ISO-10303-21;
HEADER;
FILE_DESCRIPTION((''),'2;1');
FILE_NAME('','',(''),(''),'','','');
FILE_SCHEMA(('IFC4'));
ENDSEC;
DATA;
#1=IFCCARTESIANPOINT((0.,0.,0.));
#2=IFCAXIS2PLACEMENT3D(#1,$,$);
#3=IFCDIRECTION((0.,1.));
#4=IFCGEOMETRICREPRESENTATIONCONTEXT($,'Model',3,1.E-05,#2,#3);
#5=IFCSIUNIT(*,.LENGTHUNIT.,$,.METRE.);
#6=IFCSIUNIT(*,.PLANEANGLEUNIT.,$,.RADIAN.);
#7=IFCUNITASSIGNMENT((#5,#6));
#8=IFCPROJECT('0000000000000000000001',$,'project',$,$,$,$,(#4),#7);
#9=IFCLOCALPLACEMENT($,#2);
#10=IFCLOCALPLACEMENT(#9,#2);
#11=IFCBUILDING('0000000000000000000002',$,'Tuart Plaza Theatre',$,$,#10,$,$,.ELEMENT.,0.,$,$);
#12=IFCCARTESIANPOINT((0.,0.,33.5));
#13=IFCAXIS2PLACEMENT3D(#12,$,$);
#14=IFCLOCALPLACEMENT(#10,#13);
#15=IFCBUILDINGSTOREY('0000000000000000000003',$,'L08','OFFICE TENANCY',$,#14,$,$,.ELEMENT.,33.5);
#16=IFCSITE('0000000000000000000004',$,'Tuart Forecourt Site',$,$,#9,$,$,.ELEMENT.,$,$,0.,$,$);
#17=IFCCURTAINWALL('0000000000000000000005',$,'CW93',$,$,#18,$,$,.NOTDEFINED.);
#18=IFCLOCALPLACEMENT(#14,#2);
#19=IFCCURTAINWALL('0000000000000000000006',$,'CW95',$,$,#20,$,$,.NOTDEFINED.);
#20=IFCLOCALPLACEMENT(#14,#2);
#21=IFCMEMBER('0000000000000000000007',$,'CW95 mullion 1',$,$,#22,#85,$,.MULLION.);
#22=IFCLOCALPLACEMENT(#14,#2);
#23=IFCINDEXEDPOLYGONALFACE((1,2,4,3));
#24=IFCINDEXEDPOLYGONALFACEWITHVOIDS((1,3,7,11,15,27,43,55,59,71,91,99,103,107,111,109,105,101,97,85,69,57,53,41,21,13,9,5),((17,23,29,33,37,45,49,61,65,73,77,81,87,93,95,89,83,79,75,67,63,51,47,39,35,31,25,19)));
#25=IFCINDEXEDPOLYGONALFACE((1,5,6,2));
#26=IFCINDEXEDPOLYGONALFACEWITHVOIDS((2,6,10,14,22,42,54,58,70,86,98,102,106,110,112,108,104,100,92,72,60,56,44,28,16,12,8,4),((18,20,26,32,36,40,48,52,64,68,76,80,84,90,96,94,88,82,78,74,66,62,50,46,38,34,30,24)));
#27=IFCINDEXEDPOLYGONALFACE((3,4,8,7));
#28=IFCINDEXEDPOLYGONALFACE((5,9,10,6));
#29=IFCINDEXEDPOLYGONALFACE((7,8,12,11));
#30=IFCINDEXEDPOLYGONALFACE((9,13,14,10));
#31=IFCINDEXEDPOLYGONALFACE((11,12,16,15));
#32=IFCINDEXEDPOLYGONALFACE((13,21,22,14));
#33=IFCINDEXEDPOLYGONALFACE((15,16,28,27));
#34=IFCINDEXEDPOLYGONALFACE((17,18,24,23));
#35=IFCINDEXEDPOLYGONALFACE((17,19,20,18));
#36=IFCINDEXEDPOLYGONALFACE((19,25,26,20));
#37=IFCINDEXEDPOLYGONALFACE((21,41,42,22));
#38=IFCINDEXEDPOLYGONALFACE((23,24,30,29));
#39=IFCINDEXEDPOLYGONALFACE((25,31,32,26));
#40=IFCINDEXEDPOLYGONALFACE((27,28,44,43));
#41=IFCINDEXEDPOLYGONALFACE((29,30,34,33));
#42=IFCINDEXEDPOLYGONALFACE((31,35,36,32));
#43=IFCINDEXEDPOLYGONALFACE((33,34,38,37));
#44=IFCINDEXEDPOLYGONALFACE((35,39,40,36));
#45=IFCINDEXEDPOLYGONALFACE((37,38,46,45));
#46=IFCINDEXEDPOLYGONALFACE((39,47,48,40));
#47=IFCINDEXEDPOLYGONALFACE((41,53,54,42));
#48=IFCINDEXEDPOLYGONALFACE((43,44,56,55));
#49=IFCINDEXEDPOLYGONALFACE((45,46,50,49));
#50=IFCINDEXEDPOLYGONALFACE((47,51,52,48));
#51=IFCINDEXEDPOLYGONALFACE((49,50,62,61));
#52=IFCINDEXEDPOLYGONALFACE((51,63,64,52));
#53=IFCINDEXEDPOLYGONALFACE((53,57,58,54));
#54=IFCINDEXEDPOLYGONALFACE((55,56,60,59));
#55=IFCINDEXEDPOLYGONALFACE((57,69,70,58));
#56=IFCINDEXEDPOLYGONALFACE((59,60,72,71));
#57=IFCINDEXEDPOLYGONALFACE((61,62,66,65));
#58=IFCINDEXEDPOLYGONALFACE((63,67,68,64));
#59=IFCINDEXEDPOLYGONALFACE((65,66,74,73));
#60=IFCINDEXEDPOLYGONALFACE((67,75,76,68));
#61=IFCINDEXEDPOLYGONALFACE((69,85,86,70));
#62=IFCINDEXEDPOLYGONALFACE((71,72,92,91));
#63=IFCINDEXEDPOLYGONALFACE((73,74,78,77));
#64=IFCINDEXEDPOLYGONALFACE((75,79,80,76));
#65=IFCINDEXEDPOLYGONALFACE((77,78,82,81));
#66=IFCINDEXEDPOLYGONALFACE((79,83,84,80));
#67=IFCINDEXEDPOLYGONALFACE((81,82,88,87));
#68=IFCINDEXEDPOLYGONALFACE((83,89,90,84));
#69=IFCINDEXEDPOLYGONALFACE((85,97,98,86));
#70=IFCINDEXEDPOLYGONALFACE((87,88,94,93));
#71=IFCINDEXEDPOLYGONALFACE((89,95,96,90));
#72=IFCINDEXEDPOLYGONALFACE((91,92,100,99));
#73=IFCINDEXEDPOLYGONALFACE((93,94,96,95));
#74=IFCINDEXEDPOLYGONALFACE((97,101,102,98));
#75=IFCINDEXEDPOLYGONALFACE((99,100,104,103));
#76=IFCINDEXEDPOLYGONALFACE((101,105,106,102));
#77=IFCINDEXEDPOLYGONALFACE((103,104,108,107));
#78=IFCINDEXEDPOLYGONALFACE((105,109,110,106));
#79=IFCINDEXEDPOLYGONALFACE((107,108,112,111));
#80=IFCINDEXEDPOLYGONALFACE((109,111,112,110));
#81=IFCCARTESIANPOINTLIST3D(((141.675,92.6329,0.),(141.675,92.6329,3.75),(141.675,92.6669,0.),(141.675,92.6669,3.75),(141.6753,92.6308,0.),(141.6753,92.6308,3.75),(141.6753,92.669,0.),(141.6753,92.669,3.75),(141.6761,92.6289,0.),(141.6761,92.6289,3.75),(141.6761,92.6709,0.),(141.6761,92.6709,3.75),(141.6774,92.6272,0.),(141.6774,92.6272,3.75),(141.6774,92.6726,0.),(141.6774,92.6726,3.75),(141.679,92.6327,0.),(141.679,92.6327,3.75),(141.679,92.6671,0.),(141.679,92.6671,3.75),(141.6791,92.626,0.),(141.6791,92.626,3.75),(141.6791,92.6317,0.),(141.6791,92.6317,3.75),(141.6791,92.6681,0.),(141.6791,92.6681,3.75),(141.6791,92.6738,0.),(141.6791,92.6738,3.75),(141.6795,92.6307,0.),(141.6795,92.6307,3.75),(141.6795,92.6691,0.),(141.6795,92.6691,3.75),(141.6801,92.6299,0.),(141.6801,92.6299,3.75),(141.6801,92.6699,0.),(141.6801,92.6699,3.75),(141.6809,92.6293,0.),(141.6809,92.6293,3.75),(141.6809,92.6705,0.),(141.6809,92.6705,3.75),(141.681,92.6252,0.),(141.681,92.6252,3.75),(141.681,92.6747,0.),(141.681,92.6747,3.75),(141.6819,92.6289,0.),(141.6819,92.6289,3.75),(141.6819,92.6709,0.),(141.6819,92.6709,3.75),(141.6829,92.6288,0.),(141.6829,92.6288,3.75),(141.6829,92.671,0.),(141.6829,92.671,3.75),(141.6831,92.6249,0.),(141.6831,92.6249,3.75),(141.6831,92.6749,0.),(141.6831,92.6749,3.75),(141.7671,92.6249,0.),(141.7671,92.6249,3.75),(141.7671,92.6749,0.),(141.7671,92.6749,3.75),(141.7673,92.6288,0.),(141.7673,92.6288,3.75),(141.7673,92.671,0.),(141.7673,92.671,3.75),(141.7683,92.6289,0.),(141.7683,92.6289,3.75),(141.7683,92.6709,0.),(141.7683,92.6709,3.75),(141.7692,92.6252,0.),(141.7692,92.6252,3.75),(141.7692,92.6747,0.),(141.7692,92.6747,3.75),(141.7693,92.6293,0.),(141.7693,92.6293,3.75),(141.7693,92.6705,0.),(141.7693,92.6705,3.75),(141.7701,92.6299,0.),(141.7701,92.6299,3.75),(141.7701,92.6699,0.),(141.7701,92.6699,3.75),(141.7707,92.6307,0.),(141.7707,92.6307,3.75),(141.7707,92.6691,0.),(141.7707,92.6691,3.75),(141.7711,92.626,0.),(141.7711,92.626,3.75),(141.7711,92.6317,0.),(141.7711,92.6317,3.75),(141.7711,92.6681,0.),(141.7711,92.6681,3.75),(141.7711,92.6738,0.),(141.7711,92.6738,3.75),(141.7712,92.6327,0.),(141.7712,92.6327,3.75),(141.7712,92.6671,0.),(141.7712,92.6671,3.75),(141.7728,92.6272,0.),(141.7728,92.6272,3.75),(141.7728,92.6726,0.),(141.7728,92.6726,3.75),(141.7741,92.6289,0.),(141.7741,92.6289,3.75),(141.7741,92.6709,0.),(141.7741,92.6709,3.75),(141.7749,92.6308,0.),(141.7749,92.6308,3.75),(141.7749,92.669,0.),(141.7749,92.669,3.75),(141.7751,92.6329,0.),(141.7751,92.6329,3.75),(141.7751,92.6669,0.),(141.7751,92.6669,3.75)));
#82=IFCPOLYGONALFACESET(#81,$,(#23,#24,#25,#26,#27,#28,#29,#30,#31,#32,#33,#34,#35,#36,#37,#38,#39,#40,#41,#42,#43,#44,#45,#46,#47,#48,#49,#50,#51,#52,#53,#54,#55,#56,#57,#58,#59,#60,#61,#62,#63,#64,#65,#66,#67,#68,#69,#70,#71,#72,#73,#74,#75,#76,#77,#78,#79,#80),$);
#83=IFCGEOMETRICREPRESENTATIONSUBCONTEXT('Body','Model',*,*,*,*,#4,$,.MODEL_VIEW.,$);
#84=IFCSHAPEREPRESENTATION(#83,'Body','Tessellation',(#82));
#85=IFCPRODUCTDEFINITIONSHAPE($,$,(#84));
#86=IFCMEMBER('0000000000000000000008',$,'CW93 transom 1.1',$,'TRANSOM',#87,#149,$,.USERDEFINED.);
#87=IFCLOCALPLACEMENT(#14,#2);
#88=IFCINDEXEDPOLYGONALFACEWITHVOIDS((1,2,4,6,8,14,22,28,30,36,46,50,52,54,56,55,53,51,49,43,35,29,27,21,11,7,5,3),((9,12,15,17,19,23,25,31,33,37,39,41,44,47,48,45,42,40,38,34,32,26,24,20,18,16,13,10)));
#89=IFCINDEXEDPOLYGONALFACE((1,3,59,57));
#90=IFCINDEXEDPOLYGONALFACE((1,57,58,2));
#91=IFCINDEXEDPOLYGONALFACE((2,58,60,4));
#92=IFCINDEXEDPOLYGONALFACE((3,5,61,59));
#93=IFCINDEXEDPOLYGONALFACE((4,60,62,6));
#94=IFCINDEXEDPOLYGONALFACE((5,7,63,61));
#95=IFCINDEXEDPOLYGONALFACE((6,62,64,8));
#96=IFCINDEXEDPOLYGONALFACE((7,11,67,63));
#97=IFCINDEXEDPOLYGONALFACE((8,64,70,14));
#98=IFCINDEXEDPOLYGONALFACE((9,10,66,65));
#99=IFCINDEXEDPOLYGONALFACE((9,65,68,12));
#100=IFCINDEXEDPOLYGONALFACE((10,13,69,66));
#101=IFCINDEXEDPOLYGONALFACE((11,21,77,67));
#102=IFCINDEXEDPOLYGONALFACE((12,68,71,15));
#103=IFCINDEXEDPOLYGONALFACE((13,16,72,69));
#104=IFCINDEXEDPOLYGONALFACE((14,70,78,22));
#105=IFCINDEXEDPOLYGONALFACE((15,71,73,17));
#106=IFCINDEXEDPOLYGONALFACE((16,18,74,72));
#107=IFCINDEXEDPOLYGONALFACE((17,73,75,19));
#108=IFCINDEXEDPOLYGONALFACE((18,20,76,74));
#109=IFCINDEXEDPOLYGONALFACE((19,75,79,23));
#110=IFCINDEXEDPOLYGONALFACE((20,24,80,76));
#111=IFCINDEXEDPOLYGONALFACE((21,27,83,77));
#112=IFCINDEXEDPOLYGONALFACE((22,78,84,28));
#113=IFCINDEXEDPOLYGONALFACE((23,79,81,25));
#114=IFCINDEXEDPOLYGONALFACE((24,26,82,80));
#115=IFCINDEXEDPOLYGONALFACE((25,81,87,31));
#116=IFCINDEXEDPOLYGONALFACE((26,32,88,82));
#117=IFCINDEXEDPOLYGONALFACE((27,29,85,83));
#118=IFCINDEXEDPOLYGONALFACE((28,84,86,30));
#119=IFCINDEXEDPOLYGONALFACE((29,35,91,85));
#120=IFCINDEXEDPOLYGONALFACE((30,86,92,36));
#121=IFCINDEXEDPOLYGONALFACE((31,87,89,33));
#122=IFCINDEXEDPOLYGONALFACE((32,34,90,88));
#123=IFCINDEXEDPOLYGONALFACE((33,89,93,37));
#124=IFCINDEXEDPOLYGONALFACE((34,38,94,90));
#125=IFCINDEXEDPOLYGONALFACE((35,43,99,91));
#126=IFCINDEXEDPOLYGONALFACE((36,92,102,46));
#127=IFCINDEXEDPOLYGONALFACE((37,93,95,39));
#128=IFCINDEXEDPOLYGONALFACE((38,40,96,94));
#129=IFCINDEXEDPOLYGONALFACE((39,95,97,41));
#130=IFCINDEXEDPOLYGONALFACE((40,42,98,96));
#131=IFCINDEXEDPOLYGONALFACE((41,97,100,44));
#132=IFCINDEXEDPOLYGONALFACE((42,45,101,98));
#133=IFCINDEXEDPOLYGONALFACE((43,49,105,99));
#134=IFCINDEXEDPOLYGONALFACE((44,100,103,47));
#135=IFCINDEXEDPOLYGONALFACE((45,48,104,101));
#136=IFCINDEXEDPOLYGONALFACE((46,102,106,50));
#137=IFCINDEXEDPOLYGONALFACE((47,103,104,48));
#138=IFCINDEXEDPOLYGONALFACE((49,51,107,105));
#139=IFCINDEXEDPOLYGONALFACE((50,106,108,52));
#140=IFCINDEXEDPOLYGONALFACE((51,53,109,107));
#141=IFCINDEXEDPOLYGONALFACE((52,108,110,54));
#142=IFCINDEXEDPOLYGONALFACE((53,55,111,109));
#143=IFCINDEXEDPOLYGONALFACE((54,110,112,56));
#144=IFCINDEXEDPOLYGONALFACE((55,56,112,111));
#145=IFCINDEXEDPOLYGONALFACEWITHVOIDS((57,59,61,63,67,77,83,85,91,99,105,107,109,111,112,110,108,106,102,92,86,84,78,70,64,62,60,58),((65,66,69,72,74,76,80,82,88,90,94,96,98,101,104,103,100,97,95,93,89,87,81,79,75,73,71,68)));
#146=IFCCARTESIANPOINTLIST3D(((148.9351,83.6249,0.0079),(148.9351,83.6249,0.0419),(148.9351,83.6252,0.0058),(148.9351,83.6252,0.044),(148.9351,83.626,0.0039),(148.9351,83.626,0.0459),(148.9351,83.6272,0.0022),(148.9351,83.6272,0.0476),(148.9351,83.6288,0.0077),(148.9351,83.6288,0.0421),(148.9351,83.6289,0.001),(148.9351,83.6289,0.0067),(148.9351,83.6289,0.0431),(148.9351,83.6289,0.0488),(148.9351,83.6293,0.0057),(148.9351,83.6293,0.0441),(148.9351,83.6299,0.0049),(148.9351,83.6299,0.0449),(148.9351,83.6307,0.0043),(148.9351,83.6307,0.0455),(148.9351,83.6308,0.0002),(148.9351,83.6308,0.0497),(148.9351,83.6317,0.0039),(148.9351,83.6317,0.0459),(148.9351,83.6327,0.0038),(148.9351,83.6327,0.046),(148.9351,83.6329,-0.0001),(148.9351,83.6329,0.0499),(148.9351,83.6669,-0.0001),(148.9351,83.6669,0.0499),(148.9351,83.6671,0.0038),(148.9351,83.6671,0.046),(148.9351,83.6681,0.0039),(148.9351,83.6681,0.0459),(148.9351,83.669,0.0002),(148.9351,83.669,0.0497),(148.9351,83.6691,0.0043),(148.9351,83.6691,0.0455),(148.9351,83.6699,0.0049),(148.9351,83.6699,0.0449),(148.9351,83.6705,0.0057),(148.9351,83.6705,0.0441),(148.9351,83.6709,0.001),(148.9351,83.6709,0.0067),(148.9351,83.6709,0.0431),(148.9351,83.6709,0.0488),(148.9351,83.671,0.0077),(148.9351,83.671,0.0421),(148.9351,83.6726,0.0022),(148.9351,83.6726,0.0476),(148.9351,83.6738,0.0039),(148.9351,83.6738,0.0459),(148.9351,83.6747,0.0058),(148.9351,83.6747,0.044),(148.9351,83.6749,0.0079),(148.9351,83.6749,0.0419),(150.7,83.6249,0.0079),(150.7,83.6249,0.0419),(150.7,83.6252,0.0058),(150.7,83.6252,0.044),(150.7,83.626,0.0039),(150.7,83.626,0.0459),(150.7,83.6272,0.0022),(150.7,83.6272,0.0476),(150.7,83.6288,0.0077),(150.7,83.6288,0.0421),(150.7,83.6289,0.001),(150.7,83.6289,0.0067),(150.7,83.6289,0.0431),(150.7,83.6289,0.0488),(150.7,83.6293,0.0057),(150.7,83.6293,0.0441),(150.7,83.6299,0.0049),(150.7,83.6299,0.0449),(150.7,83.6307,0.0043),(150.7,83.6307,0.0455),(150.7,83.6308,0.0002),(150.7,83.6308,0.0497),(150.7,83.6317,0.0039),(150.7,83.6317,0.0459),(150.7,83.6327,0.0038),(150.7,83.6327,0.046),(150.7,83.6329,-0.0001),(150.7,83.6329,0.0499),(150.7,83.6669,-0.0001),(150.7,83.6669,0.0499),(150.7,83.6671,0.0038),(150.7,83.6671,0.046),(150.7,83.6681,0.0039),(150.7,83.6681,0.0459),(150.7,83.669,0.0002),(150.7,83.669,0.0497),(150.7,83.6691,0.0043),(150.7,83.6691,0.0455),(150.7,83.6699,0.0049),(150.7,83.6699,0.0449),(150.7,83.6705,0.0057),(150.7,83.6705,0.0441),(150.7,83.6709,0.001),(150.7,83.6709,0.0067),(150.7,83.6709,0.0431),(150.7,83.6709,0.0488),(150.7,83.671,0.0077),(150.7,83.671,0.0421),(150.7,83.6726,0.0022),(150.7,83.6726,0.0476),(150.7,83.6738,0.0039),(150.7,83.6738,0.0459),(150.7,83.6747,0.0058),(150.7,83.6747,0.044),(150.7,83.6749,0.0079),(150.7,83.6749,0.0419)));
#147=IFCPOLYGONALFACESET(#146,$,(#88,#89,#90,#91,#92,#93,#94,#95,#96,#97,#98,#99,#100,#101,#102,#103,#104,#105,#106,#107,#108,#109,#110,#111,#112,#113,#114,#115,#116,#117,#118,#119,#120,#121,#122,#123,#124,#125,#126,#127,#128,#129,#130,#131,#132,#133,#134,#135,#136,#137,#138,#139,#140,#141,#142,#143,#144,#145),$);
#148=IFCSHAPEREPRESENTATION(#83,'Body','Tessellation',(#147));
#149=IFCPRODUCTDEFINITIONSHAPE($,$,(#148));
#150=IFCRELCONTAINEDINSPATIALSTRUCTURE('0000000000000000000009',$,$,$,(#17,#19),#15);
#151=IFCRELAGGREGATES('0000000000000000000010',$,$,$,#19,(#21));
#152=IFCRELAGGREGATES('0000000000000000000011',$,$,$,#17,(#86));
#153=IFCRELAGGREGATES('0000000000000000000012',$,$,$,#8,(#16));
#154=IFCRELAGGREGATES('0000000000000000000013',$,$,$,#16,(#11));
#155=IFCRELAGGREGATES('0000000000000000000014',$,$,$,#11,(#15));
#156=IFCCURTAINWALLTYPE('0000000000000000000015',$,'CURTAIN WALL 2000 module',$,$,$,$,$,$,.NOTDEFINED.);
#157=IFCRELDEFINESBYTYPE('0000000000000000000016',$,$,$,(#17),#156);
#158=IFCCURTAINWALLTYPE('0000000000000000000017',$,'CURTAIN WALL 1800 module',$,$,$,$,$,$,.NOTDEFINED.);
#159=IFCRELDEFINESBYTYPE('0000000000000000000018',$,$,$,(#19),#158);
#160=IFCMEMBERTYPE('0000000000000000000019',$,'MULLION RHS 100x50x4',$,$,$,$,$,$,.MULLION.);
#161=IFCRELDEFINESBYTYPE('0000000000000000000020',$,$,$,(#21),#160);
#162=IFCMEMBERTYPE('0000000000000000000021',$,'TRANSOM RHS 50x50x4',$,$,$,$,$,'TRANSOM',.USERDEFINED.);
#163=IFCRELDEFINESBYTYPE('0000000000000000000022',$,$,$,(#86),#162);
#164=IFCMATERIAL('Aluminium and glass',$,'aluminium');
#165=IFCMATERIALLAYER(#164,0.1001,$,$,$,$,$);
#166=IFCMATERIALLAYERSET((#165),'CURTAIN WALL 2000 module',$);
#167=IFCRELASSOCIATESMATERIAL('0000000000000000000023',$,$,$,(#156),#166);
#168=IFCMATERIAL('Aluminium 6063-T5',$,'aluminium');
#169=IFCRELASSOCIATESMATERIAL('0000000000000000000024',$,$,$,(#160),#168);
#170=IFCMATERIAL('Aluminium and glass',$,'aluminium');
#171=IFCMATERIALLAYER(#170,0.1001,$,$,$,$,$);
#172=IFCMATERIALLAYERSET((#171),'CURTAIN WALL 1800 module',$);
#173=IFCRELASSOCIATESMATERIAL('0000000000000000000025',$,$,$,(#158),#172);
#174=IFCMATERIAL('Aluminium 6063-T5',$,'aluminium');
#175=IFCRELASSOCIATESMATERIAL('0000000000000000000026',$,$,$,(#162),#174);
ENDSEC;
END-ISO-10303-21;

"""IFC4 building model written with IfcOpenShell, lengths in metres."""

from ifc_helpers import new_model, si_unit, direction, frame, origin, origin_2d, place, context, subcontext, project, spatial, hollow_rectangle, extrude, material, layer, layer_set, material_profile, profile_set, type_object, element, aggregate, save


model = new_model("IFC4")

# Units and contexts
model_context = context("Model", 3, precision=1e-05, world=origin(), true_north=direction((0.0, 1.0)))
body_context = subcontext(model_context, "Body", "Model", "MODEL_VIEW")
ifc_project = project(units=[si_unit("LENGTHUNIT", "METRE"), si_unit("PLANEANGLEUNIT", "RADIAN")], contexts=[model_context])

# Site, building, storey
site_placement = place(None, origin())
site = spatial("IfcSite", under=ifc_project, at=site_placement, Name="Tuart Forecourt Site", CompositionType="ELEMENT", RefElevation=0.0)
building_placement = place(site_placement, origin())
building = spatial("IfcBuilding", under=site, at=building_placement, Name="Tuart Plaza Theatre", CompositionType="ELEMENT", ElevationOfRefHeight=0.0)
storey_placement = place(building_placement, frame((0.0, 0.0, 33.5)))
storey = spatial("IfcBuildingStorey", under=building, at=storey_placement, Name="L08", Description="OFFICE TENANCY", CompositionType="ELEMENT", Elevation=33.5)

# Curtain wall
ifc_material_1 = material(Name="Aluminium and glass", Category="aluminium")
ifc_layer_1 = layer(ifc_material_1, 0.1001)
ifc_layer_set_1 = layer_set([ifc_layer_1], Name="CURTAIN WALL 2000 module")
curtain_wall_type_1 = type_object("IfcCurtainWallType", Name="CURTAIN WALL 2000 module", PredefinedType="NOTDEFINED", material=ifc_layer_set_1)
curtain_wall_1_placement = place(storey_placement, origin())
curtain_wall_1 = element("IfcCurtainWall", 1, at=curtain_wall_1_placement, inside=storey, type_object=curtain_wall_type_1, Name="CW93", PredefinedType="NOTDEFINED")
ifc_material_2 = material(Name="Aluminium 6063-T5", Category="aluminium")
ifc_material_profile_1 = material_profile(ifc_material_2, hollow_rectangle(XDim=0.05, YDim=0.1001, WallThickness=0.0039, InnerFilletRadius=0.0039, OuterFilletRadius=0.0081, at=origin_2d()), Name="RHS 100x50x4")
ifc_profile_set_1 = profile_set([ifc_material_profile_1], Name="Aluminium 6063-T5")
member_type_1 = type_object("IfcMemberType", Name="MULLION RHS 100x50x4", PredefinedType="MULLION", material=ifc_profile_set_1)

# Curtain wall, member
ifc_material_3 = material(Name="Aluminium and glass", Category="aluminium")
ifc_layer_2 = layer(ifc_material_3, 0.1001)
ifc_layer_set_2 = layer_set([ifc_layer_2], Name="CURTAIN WALL 1800 module")
curtain_wall_type_2 = type_object("IfcCurtainWallType", Name="CURTAIN WALL 1800 module", PredefinedType="NOTDEFINED", material=ifc_layer_set_2)
curtain_wall_2_placement = place(storey_placement, origin())
curtain_wall_2 = element("IfcCurtainWall", 2, at=curtain_wall_2_placement, inside=storey, type_object=curtain_wall_type_2, Name="CW95", PredefinedType="NOTDEFINED")
member_1_placement = place(storey_placement, frame((141.7251, 92.6499, 0.0), z_axis=(0.0, 0.0, 1.0), x_axis=(0.0, -1.0, 0.0)))
member_1 = element("IfcMember", 3, at=member_1_placement, type_object=member_type_1, Name="CW95 mullion 1", PredefinedType="MULLION", context=body_context, shape_type="SweptSolid", body=[
    extrude(hollow_rectangle(XDim=0.05, YDim=0.1001, WallThickness=0.0039, InnerFilletRadius=0.0039, OuterFilletRadius=0.0081, at=origin_2d()), origin(), (0.0, 0.0, 1.0), 3.75),
])

# Member
ifc_material_4 = material(Name="Aluminium 6063-T5", Category="aluminium")
ifc_material_profile_2 = material_profile(ifc_material_4, hollow_rectangle(XDim=0.05, YDim=0.05, WallThickness=0.0039, InnerFilletRadius=0.0039, OuterFilletRadius=0.0081, at=origin_2d()), Name="RHS 50x50x4")
ifc_profile_set_2 = profile_set([ifc_material_profile_2], Name="Aluminium 6063-T5")
member_type_2 = type_object("IfcMemberType", Name="TRANSOM RHS 50x50x4", ElementType="TRANSOM", PredefinedType="USERDEFINED", material=ifc_profile_set_2)
member_2_placement = place(storey_placement, frame((150.7, 83.6499, 0.0249), z_axis=(-1.0, 0.0, 0.0), x_axis=(0.0, -1.0, 0.0)))
member_2 = element("IfcMember", 4, at=member_2_placement, type_object=member_type_2, Name="CW93 transom 1.1", ObjectType="TRANSOM", PredefinedType="USERDEFINED", context=body_context, shape_type="SweptSolid", body=[
    extrude(hollow_rectangle(XDim=0.05, YDim=0.05, WallThickness=0.0039, InnerFilletRadius=0.0039, OuterFilletRadius=0.0081, at=origin_2d()), origin(), (0.0, 0.0, 1.0), 1.7649),
])
aggregate(curtain_wall_2, [member_1])

aggregate(curtain_wall_1, [member_2])

save(model, "model.ifc")
